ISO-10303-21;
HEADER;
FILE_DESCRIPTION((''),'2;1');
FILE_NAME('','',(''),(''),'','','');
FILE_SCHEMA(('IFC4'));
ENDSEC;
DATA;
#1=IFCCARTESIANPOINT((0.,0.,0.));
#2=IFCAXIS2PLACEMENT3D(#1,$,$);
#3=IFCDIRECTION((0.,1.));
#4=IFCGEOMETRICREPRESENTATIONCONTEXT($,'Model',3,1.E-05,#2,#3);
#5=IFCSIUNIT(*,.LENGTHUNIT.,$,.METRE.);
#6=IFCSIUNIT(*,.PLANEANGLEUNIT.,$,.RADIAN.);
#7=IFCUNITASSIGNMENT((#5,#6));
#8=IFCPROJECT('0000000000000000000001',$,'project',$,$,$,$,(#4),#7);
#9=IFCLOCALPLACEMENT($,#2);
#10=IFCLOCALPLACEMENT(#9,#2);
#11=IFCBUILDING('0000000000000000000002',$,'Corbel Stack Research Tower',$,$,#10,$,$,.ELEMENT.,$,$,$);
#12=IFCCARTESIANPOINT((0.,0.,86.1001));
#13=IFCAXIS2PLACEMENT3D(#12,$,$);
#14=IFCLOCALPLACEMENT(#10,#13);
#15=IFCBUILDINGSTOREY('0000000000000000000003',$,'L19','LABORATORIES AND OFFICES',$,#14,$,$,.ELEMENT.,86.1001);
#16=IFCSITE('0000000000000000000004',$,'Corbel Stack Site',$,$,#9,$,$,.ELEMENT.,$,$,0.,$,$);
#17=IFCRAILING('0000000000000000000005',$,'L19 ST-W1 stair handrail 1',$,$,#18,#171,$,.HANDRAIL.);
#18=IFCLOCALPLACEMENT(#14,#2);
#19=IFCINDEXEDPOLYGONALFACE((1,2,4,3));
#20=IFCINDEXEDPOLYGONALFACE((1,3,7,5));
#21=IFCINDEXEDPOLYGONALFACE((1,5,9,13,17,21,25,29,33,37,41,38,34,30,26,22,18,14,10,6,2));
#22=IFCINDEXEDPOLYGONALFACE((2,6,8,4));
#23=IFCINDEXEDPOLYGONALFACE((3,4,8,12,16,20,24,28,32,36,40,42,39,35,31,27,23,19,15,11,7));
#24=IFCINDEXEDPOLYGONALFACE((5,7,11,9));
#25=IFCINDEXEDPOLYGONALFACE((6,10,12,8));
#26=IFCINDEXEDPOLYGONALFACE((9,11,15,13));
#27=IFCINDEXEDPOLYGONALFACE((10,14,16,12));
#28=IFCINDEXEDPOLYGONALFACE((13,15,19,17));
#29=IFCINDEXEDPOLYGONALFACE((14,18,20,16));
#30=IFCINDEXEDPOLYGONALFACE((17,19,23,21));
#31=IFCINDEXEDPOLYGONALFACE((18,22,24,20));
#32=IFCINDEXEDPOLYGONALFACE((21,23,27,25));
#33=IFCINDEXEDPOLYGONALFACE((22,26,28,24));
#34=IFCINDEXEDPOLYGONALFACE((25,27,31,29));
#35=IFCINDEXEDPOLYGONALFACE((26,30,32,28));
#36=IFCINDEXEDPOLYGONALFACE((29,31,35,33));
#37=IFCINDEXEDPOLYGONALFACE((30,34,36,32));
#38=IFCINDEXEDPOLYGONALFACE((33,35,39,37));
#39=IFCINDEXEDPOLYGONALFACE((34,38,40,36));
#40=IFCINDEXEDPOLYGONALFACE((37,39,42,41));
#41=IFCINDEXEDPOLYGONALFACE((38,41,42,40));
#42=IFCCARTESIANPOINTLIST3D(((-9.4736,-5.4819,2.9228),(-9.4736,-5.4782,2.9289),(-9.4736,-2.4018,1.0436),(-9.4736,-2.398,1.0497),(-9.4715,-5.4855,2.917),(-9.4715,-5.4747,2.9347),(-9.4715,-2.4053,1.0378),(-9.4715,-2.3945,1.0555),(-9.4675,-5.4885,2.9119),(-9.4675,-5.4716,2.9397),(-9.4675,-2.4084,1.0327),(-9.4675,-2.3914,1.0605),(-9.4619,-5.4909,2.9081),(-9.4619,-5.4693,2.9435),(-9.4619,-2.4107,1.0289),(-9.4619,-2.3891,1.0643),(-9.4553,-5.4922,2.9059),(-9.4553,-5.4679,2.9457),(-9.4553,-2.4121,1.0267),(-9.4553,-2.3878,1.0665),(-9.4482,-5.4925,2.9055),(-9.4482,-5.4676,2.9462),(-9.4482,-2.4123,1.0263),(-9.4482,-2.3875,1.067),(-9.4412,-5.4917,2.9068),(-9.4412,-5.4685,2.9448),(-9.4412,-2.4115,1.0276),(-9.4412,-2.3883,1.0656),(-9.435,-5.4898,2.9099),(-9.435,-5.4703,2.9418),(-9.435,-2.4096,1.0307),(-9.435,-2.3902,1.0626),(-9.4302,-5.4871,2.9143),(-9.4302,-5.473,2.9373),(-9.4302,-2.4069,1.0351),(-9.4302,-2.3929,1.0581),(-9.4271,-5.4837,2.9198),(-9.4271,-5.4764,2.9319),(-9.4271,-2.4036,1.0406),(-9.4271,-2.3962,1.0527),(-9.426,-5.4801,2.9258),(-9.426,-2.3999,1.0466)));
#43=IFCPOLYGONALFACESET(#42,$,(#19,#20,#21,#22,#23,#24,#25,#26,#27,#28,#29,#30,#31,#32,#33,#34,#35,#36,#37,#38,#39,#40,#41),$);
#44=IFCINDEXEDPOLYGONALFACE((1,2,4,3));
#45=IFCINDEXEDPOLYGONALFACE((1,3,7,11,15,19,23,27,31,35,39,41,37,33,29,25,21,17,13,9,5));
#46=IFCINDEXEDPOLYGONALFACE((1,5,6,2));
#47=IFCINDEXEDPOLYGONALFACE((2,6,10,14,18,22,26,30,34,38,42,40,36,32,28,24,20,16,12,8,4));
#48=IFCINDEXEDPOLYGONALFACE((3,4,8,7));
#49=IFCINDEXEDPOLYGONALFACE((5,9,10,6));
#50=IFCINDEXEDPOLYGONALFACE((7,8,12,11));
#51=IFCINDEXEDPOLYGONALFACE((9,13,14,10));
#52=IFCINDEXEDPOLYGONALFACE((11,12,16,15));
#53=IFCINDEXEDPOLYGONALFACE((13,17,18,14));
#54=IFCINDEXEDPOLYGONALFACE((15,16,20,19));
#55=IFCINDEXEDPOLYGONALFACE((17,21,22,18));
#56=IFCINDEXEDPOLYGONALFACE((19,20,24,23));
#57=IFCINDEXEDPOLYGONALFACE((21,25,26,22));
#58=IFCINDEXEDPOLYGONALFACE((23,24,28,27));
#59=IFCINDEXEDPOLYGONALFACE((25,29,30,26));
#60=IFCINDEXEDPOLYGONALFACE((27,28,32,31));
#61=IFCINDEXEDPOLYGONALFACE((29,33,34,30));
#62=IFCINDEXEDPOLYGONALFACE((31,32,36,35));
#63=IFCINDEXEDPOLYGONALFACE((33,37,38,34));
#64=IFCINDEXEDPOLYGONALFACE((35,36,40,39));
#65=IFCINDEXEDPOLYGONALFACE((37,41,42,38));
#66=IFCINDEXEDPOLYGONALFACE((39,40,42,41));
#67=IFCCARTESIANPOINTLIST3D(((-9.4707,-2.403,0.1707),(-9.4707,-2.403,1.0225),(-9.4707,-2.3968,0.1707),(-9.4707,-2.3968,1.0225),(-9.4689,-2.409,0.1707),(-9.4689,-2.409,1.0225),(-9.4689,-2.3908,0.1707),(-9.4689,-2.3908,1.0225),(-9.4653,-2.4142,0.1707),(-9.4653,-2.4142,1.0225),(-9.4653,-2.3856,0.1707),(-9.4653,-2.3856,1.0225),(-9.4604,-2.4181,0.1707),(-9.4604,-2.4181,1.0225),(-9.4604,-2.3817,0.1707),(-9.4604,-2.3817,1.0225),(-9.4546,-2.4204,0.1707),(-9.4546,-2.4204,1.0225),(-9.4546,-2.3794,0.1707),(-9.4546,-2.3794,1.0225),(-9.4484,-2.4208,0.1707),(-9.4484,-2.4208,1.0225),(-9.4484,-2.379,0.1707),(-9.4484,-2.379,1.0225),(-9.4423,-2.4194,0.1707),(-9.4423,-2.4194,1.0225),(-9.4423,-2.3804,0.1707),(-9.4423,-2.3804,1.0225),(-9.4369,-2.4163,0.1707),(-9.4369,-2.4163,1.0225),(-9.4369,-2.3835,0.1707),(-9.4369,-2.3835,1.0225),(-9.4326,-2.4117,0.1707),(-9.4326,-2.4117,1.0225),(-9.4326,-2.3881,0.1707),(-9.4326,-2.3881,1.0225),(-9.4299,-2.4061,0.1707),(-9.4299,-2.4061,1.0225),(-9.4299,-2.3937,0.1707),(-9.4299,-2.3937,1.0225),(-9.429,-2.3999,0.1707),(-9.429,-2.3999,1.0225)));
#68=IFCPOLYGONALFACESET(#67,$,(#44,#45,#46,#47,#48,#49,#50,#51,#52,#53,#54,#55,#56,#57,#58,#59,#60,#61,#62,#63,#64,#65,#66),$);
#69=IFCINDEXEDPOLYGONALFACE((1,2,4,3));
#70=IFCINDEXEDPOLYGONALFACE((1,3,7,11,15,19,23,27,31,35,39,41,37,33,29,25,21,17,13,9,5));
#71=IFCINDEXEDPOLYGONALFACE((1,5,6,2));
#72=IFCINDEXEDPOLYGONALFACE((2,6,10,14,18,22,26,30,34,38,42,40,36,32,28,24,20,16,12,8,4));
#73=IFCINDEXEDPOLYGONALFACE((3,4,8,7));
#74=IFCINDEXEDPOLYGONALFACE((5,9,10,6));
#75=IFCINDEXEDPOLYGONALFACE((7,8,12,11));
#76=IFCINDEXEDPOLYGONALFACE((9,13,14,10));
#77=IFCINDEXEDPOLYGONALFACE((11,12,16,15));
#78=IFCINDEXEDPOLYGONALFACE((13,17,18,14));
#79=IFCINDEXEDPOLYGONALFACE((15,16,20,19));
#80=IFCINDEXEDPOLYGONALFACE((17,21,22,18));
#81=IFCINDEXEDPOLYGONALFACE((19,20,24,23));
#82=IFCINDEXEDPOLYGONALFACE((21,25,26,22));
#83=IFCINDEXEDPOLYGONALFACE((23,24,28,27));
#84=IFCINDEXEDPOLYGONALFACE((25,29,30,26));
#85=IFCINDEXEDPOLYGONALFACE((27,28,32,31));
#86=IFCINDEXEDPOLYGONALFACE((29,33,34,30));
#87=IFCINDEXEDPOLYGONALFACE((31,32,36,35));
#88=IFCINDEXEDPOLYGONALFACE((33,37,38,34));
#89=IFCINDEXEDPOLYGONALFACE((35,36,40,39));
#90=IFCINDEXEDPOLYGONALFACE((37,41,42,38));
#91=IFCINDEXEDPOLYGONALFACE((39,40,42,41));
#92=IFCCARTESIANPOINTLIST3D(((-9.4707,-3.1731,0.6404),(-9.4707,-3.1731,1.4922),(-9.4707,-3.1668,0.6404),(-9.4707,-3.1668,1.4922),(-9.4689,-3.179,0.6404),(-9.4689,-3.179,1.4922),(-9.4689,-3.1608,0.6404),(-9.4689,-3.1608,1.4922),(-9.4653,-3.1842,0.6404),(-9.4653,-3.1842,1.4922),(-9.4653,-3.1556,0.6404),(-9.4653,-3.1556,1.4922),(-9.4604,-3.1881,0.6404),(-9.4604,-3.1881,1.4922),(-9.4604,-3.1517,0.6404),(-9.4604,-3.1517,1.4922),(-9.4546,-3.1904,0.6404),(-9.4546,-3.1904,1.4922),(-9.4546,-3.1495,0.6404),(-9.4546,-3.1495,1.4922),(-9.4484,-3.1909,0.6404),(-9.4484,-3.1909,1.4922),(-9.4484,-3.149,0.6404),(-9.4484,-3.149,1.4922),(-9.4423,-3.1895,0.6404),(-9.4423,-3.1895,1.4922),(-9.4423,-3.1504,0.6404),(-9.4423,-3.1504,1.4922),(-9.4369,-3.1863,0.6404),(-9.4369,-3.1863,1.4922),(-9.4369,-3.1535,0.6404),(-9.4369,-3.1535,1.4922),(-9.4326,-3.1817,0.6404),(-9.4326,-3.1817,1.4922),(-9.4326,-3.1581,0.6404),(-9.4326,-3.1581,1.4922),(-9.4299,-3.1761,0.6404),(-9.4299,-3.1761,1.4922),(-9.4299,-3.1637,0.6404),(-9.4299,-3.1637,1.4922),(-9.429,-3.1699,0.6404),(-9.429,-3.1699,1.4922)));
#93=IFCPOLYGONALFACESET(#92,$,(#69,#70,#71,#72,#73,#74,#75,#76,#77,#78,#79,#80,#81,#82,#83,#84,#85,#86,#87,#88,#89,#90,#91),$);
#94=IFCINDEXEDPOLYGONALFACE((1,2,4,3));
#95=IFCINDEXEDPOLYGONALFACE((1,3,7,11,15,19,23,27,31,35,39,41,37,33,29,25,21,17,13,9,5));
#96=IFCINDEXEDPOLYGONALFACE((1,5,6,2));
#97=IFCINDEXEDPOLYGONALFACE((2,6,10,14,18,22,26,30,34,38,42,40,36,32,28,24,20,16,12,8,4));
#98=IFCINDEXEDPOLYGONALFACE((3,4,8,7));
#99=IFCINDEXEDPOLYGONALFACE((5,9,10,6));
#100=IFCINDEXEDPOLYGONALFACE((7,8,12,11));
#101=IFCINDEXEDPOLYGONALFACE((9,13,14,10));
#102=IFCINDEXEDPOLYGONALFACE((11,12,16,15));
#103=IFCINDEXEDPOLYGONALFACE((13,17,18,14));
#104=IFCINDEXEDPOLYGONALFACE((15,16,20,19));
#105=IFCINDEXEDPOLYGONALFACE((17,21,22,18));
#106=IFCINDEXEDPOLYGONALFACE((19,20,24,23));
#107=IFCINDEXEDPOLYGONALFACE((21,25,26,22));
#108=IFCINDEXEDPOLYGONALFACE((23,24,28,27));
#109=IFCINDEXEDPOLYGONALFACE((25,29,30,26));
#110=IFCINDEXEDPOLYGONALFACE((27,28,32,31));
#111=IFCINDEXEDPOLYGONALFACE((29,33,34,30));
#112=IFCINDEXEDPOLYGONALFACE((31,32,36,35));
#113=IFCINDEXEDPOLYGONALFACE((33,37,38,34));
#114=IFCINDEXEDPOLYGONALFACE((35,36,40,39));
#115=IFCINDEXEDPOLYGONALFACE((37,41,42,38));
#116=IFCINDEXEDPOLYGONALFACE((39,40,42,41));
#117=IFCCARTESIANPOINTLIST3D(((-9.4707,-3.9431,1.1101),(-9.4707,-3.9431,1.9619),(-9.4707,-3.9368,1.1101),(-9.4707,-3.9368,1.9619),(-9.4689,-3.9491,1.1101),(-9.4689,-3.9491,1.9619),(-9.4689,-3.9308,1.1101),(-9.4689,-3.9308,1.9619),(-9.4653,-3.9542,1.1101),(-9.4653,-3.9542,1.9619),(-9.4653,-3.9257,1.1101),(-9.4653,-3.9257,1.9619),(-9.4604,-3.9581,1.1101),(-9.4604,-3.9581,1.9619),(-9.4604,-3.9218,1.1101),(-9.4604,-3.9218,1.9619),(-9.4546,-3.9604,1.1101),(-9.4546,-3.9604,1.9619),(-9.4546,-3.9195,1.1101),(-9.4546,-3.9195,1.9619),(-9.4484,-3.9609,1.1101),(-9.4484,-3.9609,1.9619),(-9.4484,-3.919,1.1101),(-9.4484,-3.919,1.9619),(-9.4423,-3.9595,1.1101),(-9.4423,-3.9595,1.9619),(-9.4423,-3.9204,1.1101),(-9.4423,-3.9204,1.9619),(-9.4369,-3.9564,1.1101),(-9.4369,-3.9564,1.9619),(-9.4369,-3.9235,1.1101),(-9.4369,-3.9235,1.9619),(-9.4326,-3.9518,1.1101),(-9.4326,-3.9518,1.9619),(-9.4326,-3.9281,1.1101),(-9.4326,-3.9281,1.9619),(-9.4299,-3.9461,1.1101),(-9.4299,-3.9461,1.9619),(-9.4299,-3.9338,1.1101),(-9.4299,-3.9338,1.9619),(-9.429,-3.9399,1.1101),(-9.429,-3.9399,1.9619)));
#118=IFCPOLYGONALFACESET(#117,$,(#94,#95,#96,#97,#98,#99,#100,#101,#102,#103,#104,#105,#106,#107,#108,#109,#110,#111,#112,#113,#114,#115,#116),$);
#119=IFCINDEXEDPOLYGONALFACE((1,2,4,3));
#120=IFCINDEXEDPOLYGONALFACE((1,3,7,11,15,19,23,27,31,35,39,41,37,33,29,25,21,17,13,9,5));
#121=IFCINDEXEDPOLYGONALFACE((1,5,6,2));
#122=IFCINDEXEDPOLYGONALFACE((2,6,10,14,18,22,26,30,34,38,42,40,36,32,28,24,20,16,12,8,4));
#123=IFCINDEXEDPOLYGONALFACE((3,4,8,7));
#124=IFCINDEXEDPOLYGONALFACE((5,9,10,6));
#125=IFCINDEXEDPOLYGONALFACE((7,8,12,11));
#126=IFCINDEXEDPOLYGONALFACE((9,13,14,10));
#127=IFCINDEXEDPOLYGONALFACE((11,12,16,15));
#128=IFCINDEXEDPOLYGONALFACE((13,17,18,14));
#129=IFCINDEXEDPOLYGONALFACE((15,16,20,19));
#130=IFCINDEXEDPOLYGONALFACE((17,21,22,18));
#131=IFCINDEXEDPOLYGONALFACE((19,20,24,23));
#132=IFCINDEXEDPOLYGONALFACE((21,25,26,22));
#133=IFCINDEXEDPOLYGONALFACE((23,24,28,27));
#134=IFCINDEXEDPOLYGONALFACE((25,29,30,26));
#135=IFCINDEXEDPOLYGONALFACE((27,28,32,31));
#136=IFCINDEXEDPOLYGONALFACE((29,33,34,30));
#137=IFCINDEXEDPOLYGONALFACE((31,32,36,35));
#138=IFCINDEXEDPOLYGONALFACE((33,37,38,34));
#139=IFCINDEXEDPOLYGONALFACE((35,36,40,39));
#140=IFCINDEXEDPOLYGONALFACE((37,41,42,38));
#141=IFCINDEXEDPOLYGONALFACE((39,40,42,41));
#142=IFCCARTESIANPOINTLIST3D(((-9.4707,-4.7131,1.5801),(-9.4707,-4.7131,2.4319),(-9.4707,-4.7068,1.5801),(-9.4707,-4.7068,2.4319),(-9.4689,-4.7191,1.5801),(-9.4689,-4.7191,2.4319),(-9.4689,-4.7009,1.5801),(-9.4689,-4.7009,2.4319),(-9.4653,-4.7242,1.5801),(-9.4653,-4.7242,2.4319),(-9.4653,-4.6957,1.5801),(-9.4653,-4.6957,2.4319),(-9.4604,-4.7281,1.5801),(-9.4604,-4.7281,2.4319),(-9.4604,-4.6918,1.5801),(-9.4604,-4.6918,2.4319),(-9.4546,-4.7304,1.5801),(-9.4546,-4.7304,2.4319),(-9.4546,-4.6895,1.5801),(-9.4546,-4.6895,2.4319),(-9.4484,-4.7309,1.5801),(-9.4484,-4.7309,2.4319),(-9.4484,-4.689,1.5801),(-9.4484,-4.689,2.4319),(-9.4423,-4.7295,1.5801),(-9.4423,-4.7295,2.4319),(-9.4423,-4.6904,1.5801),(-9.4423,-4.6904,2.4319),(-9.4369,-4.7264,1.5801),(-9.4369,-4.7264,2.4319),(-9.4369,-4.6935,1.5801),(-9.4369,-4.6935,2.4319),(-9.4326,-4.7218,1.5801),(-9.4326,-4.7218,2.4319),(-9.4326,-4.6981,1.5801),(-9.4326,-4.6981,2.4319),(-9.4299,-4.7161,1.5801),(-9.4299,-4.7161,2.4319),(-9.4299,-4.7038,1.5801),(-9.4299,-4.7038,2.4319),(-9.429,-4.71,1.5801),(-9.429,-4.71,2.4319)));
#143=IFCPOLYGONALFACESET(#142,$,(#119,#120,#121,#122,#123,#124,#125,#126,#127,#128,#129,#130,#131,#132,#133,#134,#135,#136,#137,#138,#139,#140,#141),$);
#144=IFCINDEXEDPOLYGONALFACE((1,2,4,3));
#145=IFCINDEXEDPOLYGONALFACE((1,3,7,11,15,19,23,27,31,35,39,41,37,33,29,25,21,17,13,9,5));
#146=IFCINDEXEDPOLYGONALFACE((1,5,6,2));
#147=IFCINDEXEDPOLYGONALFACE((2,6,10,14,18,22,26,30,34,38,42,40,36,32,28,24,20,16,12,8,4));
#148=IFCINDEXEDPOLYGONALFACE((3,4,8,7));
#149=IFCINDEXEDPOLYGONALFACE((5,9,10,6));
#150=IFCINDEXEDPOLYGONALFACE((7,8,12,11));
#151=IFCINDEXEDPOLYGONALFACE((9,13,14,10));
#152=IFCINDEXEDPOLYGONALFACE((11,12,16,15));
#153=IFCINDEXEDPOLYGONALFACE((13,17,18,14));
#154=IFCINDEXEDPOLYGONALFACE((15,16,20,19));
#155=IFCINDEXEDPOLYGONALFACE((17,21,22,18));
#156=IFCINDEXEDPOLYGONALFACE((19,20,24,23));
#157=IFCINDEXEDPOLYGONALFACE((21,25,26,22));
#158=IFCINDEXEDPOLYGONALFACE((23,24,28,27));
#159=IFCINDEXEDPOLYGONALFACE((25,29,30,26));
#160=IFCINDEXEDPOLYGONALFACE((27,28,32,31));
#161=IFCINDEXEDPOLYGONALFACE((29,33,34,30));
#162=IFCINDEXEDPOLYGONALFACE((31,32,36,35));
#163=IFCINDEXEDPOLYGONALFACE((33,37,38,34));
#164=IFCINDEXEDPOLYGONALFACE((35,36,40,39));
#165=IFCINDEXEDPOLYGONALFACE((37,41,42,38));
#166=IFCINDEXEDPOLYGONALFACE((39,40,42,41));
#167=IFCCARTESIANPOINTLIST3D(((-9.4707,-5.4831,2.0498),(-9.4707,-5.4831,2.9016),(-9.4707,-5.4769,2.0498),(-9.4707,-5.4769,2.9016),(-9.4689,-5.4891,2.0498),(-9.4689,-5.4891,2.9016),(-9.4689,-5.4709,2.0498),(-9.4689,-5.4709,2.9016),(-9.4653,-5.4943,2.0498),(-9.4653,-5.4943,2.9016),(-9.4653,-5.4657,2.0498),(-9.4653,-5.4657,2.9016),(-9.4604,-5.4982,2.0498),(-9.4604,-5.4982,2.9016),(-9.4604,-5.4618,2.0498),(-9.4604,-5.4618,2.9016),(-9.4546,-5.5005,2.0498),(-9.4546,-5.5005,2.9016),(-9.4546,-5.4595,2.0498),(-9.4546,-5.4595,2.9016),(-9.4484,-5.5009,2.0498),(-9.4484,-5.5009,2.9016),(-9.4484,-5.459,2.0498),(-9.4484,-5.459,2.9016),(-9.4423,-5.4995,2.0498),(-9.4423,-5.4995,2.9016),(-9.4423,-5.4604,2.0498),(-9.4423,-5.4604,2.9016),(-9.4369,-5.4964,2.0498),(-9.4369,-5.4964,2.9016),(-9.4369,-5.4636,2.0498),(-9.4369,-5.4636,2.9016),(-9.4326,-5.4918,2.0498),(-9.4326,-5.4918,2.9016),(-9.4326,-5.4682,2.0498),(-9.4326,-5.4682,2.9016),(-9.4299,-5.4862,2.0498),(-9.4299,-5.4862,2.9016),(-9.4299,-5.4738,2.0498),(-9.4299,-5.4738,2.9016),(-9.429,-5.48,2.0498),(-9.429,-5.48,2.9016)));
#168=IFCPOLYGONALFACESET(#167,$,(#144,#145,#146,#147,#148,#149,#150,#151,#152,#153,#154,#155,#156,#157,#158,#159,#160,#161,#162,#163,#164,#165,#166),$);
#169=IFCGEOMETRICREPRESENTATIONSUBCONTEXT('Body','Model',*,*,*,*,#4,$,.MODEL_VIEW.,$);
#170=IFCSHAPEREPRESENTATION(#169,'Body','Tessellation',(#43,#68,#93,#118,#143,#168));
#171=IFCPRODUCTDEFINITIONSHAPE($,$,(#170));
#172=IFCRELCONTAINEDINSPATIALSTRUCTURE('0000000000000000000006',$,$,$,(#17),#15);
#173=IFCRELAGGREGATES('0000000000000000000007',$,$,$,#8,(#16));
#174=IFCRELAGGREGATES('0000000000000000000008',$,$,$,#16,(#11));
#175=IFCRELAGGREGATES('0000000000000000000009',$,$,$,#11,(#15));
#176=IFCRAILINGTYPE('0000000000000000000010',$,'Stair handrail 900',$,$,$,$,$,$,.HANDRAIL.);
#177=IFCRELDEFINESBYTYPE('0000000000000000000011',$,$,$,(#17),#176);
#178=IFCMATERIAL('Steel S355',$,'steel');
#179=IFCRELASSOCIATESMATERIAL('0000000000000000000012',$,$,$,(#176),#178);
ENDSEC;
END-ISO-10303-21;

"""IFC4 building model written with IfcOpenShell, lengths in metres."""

from ifc_helpers import new_model, si_unit, direction, frame, origin, origin_2d, place, context, subcontext, project, spatial, circle, extrude, material, type_object, element, save


model = new_model("IFC4")

# Units and contexts
model_context = context("Model", 3, precision=1e-05, world=origin(), true_north=direction((0.0, 1.0)))
body_context = subcontext(model_context, "Body", "Model", "MODEL_VIEW")
ifc_project = project(units=[si_unit("LENGTHUNIT", "METRE"), si_unit("PLANEANGLEUNIT", "RADIAN")], contexts=[model_context])

# Site, building, storey
site_placement = place(None, origin())
site = spatial("IfcSite", under=ifc_project, at=site_placement, Name="Corbel Stack Site", CompositionType="ELEMENT", RefElevation=0.0)
building_placement = place(site_placement, origin())
building = spatial("IfcBuilding", under=site, at=building_placement, Name="Corbel Stack Research Tower", CompositionType="ELEMENT")
storey_placement = place(building_placement, frame((0.0, 0.0, 86.1001)))
storey = spatial("IfcBuildingStorey", under=building, at=storey_placement, Name="L19", Description="LABORATORIES AND OFFICES", CompositionType="ELEMENT", Elevation=86.1001)

# Railing
ifc_material_1 = material(Name="Steel S355", Category="steel")
railing_type_1 = type_object("IfcRailingType", Name="Stair handrail 900", PredefinedType="HANDRAIL", material=ifc_material_1)
railing_1_placement = place(storey_placement, frame((-9.45, -2.3999, 0.1707)))
element("IfcRailing", 1, at=railing_1_placement, inside=storey, type_object=railing_type_1, Name="L19 ST-W1 stair handrail 1", PredefinedType="HANDRAIL", context=body_context, shape_type="SweptSolid", body=[
    extrude(circle(Radius=0.0239, at=origin_2d()), frame((0.0, 0.0, 0.876), z_axis=(0.0, -0.853666, 0.52082), x_axis=(1.0, 0.0, 0.0)), (0.0, 0.0, 1.0), 3.6082),
    extrude(circle(Radius=0.021, at=origin_2d()), origin(), (0.0, 0.0, 1.0), 0.8518),
    extrude(circle(Radius=0.021, at=origin_2d()), frame((0.0, -0.77, 0.4697)), (0.0, 0.0, 1.0), 0.8518),
    extrude(circle(Radius=0.021, at=origin_2d()), frame((0.0, -1.54, 0.9395)), (0.0, 0.0, 1.0), 0.8518),
    extrude(circle(Radius=0.021, at=origin_2d()), frame((0.0, -2.3101, 1.4094)), (0.0, 0.0, 1.0), 0.8518),
    extrude(circle(Radius=0.021, at=origin_2d()), frame((0.0, -3.0801, 1.8792)), (0.0, 0.0, 1.0), 0.8518),
])

save(model, "model.ifc")
